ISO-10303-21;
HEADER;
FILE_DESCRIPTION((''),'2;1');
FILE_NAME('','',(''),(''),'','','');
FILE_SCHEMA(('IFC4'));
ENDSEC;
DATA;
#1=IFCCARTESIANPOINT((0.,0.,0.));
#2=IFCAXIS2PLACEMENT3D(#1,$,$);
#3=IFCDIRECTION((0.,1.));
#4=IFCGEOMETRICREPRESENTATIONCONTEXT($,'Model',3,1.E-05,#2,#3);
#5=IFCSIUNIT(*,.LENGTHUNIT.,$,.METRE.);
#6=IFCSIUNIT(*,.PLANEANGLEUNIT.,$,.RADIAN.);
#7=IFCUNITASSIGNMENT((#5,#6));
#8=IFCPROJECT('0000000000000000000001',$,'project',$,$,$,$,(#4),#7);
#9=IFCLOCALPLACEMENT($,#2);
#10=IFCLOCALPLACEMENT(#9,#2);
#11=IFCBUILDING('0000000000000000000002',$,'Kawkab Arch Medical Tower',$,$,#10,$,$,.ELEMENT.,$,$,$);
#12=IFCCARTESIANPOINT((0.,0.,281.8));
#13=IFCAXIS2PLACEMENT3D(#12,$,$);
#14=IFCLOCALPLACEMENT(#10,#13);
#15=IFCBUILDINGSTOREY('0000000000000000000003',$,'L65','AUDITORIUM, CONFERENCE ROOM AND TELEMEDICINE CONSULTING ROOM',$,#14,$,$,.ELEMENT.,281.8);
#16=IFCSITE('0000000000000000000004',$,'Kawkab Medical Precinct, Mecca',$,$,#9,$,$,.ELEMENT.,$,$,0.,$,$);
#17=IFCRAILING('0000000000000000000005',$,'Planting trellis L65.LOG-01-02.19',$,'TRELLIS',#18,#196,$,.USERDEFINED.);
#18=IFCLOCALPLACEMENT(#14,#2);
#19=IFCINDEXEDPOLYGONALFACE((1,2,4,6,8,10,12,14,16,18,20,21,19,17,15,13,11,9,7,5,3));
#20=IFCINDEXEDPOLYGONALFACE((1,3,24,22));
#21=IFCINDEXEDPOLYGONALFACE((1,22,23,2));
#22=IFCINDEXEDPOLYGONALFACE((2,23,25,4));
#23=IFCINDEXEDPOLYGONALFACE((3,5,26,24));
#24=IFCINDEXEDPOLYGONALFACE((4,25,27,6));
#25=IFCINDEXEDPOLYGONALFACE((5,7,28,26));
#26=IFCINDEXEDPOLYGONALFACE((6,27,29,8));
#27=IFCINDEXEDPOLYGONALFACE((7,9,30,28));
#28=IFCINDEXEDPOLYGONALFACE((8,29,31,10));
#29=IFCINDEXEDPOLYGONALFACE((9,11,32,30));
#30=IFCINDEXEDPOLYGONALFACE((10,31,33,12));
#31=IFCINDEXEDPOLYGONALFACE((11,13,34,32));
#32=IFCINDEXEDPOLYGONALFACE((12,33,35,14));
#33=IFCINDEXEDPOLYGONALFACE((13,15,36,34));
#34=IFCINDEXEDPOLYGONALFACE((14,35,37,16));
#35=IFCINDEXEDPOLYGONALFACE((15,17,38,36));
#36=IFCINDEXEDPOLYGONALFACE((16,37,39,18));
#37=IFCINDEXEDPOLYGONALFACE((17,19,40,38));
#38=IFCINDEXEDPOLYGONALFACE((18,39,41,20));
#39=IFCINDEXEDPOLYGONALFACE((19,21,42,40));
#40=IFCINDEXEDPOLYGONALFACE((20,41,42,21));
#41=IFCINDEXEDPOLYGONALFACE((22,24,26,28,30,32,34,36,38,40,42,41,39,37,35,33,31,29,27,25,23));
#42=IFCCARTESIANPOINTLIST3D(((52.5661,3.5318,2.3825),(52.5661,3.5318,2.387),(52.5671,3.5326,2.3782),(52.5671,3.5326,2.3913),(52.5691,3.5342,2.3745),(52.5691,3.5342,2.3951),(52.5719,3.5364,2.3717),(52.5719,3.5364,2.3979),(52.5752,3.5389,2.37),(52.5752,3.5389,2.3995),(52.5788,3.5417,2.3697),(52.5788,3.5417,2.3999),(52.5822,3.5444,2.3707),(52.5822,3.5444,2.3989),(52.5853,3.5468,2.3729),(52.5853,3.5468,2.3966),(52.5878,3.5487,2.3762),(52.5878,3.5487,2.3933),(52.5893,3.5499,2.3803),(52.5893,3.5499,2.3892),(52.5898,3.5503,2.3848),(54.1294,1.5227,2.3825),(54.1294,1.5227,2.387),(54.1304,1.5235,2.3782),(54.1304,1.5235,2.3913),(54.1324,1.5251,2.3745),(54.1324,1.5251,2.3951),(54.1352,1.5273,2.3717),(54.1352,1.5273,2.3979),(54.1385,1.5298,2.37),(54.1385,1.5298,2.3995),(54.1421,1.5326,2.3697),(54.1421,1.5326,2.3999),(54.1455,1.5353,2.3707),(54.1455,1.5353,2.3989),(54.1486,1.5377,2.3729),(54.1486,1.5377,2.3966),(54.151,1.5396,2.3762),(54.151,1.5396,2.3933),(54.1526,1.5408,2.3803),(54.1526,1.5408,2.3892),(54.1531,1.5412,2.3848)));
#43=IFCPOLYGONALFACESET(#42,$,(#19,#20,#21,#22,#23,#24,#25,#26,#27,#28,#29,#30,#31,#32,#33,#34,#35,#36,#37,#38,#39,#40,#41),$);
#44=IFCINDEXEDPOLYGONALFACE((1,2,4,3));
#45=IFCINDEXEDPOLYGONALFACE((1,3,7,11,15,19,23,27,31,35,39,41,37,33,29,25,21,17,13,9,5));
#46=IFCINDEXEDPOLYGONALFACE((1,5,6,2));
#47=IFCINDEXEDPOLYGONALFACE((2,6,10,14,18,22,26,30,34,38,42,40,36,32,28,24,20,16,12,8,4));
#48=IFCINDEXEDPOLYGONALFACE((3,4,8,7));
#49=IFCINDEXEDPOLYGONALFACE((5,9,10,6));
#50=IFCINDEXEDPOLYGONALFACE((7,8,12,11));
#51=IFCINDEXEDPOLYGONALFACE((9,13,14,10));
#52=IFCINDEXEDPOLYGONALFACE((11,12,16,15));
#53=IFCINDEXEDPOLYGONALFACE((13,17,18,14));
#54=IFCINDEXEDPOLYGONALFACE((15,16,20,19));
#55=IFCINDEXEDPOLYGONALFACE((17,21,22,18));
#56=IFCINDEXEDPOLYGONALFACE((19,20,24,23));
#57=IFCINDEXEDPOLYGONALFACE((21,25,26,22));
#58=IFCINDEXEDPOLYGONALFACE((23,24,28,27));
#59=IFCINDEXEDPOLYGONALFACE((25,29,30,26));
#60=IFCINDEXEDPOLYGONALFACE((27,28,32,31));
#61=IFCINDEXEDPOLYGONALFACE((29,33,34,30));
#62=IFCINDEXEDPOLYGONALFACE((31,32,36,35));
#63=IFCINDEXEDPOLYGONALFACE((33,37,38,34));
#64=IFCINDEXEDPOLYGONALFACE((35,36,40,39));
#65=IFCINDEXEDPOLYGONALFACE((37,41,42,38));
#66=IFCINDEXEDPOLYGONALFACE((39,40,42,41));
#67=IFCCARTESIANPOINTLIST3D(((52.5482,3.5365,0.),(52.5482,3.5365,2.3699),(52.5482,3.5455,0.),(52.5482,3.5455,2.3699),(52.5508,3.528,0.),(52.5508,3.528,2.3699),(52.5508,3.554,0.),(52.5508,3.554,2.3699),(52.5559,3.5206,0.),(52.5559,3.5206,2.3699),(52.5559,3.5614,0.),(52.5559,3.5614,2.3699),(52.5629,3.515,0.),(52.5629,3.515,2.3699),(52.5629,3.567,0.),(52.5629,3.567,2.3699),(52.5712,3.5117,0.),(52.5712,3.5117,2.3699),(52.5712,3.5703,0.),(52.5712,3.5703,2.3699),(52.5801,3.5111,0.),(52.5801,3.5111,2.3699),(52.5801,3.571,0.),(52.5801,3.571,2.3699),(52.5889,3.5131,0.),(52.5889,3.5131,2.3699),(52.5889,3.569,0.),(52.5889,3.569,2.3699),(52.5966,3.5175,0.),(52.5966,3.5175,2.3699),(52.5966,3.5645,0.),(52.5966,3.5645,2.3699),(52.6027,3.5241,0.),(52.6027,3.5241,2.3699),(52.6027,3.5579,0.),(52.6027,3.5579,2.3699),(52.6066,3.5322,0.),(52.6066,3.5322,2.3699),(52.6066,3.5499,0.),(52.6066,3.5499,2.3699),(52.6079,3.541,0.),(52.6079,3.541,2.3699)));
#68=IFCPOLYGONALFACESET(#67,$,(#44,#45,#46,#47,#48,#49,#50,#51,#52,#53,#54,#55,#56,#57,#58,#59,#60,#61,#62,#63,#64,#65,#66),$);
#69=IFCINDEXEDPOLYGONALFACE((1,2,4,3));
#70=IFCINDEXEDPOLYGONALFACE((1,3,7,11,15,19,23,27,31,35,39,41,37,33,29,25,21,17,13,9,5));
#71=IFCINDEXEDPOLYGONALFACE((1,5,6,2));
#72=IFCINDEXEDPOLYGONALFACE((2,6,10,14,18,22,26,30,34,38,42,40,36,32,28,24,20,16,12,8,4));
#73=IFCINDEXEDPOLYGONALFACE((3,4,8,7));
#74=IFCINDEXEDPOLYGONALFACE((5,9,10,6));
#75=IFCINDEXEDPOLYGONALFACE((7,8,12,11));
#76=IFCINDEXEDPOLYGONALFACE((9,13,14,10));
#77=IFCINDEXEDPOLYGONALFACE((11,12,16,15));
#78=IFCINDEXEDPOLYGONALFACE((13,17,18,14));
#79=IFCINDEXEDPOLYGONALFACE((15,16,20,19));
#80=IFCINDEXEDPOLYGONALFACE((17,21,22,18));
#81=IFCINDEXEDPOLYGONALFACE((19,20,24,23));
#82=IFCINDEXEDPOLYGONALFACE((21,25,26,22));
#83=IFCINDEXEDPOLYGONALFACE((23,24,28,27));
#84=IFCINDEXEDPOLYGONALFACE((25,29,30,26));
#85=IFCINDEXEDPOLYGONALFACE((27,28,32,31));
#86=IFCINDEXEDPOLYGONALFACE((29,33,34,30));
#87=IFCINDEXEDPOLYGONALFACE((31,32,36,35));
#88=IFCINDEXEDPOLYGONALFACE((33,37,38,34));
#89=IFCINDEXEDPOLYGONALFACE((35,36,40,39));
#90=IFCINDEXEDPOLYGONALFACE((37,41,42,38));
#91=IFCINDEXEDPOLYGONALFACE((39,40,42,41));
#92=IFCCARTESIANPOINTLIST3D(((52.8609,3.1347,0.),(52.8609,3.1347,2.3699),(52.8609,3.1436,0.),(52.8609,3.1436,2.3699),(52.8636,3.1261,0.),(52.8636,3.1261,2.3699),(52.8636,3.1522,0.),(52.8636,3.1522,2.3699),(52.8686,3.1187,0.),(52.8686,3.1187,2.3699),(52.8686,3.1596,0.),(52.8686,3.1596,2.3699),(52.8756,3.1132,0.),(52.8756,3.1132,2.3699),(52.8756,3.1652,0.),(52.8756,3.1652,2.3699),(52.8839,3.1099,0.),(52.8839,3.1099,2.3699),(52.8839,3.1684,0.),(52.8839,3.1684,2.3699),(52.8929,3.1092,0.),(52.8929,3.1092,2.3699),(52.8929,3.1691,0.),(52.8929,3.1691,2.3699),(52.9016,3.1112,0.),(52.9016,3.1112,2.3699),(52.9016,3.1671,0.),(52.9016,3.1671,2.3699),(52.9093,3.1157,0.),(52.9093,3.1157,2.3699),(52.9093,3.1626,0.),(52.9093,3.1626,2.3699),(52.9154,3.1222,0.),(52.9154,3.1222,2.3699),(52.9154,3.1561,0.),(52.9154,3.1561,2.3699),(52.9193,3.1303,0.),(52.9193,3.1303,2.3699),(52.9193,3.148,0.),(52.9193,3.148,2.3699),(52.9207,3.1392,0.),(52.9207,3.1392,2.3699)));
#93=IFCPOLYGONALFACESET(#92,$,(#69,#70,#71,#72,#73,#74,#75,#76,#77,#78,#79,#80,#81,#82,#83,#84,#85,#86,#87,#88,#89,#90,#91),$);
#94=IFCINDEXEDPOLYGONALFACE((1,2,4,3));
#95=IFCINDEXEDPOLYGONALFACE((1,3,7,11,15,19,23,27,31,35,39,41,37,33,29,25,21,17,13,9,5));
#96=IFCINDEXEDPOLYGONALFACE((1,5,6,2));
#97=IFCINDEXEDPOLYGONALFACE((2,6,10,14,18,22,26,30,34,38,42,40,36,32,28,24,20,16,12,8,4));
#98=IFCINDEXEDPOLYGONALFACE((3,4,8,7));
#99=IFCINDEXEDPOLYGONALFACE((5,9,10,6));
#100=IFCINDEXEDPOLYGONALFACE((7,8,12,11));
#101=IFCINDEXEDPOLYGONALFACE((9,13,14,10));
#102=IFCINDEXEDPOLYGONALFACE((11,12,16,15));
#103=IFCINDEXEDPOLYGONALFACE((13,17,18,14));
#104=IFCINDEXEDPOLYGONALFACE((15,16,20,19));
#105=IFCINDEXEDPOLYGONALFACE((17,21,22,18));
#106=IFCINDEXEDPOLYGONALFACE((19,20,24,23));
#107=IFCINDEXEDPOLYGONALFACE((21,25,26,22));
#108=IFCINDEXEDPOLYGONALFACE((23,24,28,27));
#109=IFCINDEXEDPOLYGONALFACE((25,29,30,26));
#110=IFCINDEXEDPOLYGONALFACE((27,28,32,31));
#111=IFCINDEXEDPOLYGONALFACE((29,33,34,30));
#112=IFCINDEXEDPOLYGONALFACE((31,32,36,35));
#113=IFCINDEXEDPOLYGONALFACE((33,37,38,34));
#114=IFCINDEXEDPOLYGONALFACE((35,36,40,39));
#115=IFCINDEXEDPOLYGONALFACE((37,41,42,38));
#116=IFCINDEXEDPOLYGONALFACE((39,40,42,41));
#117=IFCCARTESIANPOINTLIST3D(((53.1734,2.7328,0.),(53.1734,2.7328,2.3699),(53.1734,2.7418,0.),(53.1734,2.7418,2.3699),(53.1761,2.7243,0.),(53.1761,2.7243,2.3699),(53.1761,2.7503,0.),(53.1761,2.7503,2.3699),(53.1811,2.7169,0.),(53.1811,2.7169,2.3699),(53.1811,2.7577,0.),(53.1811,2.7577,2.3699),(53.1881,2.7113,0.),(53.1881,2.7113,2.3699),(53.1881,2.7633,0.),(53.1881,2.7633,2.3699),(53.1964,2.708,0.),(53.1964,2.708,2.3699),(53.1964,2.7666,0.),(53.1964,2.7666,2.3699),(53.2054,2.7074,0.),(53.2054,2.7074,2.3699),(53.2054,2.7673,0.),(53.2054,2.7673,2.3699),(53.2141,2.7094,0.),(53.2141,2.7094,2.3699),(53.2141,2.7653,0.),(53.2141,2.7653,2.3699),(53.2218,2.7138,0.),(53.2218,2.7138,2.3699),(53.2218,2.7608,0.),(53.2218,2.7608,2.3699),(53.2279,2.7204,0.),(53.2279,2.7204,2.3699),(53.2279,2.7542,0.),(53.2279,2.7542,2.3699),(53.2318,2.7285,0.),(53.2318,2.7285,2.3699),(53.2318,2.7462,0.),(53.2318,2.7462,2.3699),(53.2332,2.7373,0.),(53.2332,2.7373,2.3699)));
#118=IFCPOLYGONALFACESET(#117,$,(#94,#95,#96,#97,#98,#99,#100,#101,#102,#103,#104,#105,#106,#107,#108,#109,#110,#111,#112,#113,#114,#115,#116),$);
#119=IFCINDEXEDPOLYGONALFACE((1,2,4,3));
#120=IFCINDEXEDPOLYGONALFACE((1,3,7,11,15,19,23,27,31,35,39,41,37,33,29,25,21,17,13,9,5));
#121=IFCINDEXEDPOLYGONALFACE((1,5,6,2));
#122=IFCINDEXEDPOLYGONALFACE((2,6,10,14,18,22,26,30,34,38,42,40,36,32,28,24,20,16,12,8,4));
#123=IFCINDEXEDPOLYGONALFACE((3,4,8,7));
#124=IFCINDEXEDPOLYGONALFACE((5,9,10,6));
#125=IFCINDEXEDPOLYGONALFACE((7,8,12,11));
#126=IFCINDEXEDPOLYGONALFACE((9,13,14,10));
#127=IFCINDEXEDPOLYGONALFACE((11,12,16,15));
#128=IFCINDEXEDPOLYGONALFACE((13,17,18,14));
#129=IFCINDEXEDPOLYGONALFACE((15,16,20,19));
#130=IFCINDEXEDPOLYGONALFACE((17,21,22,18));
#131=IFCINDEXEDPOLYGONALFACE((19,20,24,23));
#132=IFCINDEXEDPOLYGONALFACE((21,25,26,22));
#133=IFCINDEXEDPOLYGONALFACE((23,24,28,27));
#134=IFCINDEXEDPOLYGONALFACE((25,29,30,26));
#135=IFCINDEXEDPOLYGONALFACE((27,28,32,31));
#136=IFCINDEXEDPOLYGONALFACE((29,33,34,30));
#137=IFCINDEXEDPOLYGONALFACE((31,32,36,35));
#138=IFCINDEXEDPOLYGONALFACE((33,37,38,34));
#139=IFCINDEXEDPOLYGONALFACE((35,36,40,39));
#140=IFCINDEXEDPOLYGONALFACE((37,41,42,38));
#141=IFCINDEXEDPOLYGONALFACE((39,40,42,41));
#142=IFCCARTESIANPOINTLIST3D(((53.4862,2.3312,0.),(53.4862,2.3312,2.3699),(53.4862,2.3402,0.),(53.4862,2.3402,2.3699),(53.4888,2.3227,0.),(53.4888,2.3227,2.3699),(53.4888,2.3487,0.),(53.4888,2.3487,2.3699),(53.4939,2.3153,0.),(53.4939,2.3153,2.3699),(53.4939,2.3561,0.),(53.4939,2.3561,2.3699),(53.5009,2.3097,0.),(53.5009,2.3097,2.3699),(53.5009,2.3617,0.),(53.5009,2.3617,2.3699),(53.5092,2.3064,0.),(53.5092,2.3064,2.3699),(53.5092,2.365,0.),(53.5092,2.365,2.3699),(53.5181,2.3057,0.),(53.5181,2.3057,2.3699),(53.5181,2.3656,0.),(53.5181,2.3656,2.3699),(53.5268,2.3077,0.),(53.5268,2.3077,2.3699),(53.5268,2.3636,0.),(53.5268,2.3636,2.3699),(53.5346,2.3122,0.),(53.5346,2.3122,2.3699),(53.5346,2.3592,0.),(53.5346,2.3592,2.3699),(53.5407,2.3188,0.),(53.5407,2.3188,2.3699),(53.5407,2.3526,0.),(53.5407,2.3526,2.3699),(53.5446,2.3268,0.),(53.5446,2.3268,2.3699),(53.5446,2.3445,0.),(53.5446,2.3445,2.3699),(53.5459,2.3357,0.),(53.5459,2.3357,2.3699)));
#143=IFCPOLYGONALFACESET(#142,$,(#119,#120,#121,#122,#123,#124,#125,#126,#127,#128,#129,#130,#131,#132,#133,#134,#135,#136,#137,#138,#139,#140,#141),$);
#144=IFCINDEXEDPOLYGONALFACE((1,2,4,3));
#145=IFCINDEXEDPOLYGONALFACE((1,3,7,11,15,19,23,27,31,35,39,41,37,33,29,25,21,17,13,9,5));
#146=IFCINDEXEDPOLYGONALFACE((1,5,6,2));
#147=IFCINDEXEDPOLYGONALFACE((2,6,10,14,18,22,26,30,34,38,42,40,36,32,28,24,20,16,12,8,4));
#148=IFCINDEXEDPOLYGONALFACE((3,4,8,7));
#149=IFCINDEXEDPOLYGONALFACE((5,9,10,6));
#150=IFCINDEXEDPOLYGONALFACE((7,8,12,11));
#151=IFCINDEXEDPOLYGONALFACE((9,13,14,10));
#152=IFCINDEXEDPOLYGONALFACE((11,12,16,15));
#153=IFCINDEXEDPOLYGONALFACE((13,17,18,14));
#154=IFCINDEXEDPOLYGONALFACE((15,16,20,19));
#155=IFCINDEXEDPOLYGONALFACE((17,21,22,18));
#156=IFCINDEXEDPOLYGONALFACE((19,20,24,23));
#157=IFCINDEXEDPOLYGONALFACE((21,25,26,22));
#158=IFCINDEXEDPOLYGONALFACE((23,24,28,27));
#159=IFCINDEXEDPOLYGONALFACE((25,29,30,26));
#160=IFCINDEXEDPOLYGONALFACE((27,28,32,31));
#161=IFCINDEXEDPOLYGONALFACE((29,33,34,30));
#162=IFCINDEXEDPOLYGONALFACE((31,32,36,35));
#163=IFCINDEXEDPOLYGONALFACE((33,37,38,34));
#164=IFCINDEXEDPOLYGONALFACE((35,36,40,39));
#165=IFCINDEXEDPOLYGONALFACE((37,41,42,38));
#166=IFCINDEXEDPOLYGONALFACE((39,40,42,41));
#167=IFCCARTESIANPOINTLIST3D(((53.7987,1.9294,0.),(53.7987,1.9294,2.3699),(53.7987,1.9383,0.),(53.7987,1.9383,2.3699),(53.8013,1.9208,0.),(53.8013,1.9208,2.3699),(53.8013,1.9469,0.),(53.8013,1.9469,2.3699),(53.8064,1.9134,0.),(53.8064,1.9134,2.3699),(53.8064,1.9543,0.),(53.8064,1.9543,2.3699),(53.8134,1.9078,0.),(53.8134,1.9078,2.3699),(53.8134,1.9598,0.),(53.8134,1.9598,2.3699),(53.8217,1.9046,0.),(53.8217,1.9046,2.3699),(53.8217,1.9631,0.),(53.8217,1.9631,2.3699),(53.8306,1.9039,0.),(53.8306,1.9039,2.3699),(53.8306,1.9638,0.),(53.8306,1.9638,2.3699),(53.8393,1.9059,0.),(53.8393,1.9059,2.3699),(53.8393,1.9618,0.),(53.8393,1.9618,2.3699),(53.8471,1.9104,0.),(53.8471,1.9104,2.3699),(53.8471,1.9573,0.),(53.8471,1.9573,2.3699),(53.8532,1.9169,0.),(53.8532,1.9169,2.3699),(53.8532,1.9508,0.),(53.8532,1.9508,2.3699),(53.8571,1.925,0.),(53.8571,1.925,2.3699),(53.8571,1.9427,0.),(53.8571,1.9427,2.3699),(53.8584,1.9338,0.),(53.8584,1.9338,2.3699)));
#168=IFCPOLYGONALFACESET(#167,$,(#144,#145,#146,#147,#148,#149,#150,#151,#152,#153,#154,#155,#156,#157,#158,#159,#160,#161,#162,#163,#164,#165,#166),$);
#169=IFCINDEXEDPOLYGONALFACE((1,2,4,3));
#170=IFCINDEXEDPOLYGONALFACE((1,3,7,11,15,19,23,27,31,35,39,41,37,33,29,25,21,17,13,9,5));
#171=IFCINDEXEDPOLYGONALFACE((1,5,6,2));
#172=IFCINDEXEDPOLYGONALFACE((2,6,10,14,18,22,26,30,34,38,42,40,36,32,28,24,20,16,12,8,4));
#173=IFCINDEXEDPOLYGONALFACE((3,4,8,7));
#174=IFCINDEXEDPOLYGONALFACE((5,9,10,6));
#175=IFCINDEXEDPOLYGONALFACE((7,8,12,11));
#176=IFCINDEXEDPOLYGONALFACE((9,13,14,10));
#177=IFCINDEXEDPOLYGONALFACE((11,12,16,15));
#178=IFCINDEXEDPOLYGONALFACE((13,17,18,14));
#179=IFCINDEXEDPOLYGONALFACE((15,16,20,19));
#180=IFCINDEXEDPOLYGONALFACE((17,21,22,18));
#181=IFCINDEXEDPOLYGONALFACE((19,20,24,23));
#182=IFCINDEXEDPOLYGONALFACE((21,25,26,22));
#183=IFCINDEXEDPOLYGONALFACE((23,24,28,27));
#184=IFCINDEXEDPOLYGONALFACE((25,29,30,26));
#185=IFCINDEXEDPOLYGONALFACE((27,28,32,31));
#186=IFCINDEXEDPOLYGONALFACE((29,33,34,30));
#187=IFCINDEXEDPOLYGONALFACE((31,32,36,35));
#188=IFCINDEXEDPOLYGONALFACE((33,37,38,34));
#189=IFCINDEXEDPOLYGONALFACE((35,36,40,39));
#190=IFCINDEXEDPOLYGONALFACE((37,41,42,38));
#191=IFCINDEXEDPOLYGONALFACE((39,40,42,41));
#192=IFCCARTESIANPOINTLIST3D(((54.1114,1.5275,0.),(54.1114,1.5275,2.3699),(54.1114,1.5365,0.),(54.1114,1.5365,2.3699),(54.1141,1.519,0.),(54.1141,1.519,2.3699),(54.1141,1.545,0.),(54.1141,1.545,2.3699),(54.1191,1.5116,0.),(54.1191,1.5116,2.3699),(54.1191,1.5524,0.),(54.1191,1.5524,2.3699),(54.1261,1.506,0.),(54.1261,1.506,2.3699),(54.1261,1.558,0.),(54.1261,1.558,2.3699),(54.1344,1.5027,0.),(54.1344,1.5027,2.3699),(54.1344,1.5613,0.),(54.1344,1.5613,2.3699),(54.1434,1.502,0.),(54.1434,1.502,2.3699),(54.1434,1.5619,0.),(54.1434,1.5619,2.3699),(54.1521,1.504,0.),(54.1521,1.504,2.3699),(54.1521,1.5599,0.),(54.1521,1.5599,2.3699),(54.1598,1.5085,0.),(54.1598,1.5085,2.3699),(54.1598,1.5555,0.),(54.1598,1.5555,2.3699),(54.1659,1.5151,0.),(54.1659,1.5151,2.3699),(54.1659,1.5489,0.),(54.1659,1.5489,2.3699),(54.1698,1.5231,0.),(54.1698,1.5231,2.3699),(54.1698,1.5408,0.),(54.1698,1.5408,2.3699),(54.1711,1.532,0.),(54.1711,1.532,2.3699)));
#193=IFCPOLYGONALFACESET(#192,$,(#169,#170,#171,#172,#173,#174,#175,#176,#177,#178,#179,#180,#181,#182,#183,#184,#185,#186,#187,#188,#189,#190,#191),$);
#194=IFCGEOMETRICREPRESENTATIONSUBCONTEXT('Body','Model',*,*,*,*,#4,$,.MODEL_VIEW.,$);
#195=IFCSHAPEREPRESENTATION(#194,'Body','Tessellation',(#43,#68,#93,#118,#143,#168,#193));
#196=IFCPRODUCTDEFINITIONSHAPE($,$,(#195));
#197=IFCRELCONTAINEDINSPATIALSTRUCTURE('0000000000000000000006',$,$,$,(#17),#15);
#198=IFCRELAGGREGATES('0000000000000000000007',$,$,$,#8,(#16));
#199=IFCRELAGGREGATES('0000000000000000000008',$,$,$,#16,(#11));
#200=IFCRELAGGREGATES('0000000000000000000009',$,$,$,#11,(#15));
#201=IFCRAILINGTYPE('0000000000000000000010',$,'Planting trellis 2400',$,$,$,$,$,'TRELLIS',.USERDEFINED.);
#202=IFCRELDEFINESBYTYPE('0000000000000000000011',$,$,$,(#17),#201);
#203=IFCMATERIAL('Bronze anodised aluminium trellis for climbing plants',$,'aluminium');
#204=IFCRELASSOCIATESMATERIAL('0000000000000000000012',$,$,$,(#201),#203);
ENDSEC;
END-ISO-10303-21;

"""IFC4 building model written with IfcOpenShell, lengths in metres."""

from ifc_helpers import new_model, si_unit, direction, frame, origin, origin_2d, place, context, subcontext, project, spatial, circle, extrude, material, type_object, element, save


model = new_model("IFC4")

# Units and contexts
model_context = context("Model", 3, precision=1e-05, world=origin(), true_north=direction((0.0, 1.0)))
body_context = subcontext(model_context, "Body", "Model", "MODEL_VIEW")
ifc_project = project(units=[si_unit("LENGTHUNIT", "METRE"), si_unit("PLANEANGLEUNIT", "RADIAN")], contexts=[model_context])

# Site, building, storey
site_placement = place(None, origin())
site = spatial("IfcSite", under=ifc_project, at=site_placement, Name="Kawkab Medical Precinct, Mecca", CompositionType="ELEMENT", RefElevation=0.0)
building_placement = place(site_placement, origin())
building = spatial("IfcBuilding", under=site, at=building_placement, Name="Kawkab Arch Medical Tower", CompositionType="ELEMENT")
storey_placement = place(building_placement, frame((0.0, 0.0, 281.8)))
storey = spatial("IfcBuildingStorey", under=building, at=storey_placement, Name="L65", Description="AUDITORIUM, CONFERENCE ROOM AND TELEMEDICINE CONSULTING ROOM", CompositionType="ELEMENT", Elevation=281.8)

# Railing
ifc_material_1 = material(Name="Bronze anodised aluminium trellis for climbing plants", Category="aluminium")
railing_type_1 = type_object("IfcRailingType", Name="Planting trellis 2400", ElementType="TRELLIS", PredefinedType="USERDEFINED", material=ifc_material_1)
railing_1_placement = place(storey_placement, frame((52.5779, 3.541, 0.0)))
element("IfcRailing", 1, at=railing_1_placement, inside=storey, type_object=railing_type_1, Name="Planting trellis L65.LOG-01-02.19", ObjectType="TRELLIS", PredefinedType="USERDEFINED", context=body_context, shape_type="SweptSolid", body=[
    extrude(circle(Radius=0.0151, at=origin_2d()), frame((0.0, 0.0, 2.3848), z_axis=(0.6141, -0.789228, 0.0), x_axis=(0.789228, 0.6141, 0.0)), (0.0, 0.0, 1.0), 2.5457),
    extrude(circle(Radius=0.03, at=origin_2d()), origin(), (0.0, 0.0, 1.0), 2.3699),
    extrude(circle(Radius=0.03, at=origin_2d()), frame((0.3127, -0.4019, 0.0)), (0.0, 0.0, 1.0), 2.3699),
    extrude(circle(Radius=0.03, at=origin_2d()), frame((0.6252, -0.8037, 0.0)), (0.0, 0.0, 1.0), 2.3699),
    extrude(circle(Radius=0.03, at=origin_2d()), frame((0.938, -1.2053, 0.0)), (0.0, 0.0, 1.0), 2.3699),
    extrude(circle(Radius=0.03, at=origin_2d()), frame((1.2505, -1.6072, 0.0)), (0.0, 0.0, 1.0), 2.3699),
    extrude(circle(Radius=0.03, at=origin_2d()), frame((1.5632, -2.009, 0.0)), (0.0, 0.0, 1.0), 2.3699),
])

save(model, "model.ifc")
